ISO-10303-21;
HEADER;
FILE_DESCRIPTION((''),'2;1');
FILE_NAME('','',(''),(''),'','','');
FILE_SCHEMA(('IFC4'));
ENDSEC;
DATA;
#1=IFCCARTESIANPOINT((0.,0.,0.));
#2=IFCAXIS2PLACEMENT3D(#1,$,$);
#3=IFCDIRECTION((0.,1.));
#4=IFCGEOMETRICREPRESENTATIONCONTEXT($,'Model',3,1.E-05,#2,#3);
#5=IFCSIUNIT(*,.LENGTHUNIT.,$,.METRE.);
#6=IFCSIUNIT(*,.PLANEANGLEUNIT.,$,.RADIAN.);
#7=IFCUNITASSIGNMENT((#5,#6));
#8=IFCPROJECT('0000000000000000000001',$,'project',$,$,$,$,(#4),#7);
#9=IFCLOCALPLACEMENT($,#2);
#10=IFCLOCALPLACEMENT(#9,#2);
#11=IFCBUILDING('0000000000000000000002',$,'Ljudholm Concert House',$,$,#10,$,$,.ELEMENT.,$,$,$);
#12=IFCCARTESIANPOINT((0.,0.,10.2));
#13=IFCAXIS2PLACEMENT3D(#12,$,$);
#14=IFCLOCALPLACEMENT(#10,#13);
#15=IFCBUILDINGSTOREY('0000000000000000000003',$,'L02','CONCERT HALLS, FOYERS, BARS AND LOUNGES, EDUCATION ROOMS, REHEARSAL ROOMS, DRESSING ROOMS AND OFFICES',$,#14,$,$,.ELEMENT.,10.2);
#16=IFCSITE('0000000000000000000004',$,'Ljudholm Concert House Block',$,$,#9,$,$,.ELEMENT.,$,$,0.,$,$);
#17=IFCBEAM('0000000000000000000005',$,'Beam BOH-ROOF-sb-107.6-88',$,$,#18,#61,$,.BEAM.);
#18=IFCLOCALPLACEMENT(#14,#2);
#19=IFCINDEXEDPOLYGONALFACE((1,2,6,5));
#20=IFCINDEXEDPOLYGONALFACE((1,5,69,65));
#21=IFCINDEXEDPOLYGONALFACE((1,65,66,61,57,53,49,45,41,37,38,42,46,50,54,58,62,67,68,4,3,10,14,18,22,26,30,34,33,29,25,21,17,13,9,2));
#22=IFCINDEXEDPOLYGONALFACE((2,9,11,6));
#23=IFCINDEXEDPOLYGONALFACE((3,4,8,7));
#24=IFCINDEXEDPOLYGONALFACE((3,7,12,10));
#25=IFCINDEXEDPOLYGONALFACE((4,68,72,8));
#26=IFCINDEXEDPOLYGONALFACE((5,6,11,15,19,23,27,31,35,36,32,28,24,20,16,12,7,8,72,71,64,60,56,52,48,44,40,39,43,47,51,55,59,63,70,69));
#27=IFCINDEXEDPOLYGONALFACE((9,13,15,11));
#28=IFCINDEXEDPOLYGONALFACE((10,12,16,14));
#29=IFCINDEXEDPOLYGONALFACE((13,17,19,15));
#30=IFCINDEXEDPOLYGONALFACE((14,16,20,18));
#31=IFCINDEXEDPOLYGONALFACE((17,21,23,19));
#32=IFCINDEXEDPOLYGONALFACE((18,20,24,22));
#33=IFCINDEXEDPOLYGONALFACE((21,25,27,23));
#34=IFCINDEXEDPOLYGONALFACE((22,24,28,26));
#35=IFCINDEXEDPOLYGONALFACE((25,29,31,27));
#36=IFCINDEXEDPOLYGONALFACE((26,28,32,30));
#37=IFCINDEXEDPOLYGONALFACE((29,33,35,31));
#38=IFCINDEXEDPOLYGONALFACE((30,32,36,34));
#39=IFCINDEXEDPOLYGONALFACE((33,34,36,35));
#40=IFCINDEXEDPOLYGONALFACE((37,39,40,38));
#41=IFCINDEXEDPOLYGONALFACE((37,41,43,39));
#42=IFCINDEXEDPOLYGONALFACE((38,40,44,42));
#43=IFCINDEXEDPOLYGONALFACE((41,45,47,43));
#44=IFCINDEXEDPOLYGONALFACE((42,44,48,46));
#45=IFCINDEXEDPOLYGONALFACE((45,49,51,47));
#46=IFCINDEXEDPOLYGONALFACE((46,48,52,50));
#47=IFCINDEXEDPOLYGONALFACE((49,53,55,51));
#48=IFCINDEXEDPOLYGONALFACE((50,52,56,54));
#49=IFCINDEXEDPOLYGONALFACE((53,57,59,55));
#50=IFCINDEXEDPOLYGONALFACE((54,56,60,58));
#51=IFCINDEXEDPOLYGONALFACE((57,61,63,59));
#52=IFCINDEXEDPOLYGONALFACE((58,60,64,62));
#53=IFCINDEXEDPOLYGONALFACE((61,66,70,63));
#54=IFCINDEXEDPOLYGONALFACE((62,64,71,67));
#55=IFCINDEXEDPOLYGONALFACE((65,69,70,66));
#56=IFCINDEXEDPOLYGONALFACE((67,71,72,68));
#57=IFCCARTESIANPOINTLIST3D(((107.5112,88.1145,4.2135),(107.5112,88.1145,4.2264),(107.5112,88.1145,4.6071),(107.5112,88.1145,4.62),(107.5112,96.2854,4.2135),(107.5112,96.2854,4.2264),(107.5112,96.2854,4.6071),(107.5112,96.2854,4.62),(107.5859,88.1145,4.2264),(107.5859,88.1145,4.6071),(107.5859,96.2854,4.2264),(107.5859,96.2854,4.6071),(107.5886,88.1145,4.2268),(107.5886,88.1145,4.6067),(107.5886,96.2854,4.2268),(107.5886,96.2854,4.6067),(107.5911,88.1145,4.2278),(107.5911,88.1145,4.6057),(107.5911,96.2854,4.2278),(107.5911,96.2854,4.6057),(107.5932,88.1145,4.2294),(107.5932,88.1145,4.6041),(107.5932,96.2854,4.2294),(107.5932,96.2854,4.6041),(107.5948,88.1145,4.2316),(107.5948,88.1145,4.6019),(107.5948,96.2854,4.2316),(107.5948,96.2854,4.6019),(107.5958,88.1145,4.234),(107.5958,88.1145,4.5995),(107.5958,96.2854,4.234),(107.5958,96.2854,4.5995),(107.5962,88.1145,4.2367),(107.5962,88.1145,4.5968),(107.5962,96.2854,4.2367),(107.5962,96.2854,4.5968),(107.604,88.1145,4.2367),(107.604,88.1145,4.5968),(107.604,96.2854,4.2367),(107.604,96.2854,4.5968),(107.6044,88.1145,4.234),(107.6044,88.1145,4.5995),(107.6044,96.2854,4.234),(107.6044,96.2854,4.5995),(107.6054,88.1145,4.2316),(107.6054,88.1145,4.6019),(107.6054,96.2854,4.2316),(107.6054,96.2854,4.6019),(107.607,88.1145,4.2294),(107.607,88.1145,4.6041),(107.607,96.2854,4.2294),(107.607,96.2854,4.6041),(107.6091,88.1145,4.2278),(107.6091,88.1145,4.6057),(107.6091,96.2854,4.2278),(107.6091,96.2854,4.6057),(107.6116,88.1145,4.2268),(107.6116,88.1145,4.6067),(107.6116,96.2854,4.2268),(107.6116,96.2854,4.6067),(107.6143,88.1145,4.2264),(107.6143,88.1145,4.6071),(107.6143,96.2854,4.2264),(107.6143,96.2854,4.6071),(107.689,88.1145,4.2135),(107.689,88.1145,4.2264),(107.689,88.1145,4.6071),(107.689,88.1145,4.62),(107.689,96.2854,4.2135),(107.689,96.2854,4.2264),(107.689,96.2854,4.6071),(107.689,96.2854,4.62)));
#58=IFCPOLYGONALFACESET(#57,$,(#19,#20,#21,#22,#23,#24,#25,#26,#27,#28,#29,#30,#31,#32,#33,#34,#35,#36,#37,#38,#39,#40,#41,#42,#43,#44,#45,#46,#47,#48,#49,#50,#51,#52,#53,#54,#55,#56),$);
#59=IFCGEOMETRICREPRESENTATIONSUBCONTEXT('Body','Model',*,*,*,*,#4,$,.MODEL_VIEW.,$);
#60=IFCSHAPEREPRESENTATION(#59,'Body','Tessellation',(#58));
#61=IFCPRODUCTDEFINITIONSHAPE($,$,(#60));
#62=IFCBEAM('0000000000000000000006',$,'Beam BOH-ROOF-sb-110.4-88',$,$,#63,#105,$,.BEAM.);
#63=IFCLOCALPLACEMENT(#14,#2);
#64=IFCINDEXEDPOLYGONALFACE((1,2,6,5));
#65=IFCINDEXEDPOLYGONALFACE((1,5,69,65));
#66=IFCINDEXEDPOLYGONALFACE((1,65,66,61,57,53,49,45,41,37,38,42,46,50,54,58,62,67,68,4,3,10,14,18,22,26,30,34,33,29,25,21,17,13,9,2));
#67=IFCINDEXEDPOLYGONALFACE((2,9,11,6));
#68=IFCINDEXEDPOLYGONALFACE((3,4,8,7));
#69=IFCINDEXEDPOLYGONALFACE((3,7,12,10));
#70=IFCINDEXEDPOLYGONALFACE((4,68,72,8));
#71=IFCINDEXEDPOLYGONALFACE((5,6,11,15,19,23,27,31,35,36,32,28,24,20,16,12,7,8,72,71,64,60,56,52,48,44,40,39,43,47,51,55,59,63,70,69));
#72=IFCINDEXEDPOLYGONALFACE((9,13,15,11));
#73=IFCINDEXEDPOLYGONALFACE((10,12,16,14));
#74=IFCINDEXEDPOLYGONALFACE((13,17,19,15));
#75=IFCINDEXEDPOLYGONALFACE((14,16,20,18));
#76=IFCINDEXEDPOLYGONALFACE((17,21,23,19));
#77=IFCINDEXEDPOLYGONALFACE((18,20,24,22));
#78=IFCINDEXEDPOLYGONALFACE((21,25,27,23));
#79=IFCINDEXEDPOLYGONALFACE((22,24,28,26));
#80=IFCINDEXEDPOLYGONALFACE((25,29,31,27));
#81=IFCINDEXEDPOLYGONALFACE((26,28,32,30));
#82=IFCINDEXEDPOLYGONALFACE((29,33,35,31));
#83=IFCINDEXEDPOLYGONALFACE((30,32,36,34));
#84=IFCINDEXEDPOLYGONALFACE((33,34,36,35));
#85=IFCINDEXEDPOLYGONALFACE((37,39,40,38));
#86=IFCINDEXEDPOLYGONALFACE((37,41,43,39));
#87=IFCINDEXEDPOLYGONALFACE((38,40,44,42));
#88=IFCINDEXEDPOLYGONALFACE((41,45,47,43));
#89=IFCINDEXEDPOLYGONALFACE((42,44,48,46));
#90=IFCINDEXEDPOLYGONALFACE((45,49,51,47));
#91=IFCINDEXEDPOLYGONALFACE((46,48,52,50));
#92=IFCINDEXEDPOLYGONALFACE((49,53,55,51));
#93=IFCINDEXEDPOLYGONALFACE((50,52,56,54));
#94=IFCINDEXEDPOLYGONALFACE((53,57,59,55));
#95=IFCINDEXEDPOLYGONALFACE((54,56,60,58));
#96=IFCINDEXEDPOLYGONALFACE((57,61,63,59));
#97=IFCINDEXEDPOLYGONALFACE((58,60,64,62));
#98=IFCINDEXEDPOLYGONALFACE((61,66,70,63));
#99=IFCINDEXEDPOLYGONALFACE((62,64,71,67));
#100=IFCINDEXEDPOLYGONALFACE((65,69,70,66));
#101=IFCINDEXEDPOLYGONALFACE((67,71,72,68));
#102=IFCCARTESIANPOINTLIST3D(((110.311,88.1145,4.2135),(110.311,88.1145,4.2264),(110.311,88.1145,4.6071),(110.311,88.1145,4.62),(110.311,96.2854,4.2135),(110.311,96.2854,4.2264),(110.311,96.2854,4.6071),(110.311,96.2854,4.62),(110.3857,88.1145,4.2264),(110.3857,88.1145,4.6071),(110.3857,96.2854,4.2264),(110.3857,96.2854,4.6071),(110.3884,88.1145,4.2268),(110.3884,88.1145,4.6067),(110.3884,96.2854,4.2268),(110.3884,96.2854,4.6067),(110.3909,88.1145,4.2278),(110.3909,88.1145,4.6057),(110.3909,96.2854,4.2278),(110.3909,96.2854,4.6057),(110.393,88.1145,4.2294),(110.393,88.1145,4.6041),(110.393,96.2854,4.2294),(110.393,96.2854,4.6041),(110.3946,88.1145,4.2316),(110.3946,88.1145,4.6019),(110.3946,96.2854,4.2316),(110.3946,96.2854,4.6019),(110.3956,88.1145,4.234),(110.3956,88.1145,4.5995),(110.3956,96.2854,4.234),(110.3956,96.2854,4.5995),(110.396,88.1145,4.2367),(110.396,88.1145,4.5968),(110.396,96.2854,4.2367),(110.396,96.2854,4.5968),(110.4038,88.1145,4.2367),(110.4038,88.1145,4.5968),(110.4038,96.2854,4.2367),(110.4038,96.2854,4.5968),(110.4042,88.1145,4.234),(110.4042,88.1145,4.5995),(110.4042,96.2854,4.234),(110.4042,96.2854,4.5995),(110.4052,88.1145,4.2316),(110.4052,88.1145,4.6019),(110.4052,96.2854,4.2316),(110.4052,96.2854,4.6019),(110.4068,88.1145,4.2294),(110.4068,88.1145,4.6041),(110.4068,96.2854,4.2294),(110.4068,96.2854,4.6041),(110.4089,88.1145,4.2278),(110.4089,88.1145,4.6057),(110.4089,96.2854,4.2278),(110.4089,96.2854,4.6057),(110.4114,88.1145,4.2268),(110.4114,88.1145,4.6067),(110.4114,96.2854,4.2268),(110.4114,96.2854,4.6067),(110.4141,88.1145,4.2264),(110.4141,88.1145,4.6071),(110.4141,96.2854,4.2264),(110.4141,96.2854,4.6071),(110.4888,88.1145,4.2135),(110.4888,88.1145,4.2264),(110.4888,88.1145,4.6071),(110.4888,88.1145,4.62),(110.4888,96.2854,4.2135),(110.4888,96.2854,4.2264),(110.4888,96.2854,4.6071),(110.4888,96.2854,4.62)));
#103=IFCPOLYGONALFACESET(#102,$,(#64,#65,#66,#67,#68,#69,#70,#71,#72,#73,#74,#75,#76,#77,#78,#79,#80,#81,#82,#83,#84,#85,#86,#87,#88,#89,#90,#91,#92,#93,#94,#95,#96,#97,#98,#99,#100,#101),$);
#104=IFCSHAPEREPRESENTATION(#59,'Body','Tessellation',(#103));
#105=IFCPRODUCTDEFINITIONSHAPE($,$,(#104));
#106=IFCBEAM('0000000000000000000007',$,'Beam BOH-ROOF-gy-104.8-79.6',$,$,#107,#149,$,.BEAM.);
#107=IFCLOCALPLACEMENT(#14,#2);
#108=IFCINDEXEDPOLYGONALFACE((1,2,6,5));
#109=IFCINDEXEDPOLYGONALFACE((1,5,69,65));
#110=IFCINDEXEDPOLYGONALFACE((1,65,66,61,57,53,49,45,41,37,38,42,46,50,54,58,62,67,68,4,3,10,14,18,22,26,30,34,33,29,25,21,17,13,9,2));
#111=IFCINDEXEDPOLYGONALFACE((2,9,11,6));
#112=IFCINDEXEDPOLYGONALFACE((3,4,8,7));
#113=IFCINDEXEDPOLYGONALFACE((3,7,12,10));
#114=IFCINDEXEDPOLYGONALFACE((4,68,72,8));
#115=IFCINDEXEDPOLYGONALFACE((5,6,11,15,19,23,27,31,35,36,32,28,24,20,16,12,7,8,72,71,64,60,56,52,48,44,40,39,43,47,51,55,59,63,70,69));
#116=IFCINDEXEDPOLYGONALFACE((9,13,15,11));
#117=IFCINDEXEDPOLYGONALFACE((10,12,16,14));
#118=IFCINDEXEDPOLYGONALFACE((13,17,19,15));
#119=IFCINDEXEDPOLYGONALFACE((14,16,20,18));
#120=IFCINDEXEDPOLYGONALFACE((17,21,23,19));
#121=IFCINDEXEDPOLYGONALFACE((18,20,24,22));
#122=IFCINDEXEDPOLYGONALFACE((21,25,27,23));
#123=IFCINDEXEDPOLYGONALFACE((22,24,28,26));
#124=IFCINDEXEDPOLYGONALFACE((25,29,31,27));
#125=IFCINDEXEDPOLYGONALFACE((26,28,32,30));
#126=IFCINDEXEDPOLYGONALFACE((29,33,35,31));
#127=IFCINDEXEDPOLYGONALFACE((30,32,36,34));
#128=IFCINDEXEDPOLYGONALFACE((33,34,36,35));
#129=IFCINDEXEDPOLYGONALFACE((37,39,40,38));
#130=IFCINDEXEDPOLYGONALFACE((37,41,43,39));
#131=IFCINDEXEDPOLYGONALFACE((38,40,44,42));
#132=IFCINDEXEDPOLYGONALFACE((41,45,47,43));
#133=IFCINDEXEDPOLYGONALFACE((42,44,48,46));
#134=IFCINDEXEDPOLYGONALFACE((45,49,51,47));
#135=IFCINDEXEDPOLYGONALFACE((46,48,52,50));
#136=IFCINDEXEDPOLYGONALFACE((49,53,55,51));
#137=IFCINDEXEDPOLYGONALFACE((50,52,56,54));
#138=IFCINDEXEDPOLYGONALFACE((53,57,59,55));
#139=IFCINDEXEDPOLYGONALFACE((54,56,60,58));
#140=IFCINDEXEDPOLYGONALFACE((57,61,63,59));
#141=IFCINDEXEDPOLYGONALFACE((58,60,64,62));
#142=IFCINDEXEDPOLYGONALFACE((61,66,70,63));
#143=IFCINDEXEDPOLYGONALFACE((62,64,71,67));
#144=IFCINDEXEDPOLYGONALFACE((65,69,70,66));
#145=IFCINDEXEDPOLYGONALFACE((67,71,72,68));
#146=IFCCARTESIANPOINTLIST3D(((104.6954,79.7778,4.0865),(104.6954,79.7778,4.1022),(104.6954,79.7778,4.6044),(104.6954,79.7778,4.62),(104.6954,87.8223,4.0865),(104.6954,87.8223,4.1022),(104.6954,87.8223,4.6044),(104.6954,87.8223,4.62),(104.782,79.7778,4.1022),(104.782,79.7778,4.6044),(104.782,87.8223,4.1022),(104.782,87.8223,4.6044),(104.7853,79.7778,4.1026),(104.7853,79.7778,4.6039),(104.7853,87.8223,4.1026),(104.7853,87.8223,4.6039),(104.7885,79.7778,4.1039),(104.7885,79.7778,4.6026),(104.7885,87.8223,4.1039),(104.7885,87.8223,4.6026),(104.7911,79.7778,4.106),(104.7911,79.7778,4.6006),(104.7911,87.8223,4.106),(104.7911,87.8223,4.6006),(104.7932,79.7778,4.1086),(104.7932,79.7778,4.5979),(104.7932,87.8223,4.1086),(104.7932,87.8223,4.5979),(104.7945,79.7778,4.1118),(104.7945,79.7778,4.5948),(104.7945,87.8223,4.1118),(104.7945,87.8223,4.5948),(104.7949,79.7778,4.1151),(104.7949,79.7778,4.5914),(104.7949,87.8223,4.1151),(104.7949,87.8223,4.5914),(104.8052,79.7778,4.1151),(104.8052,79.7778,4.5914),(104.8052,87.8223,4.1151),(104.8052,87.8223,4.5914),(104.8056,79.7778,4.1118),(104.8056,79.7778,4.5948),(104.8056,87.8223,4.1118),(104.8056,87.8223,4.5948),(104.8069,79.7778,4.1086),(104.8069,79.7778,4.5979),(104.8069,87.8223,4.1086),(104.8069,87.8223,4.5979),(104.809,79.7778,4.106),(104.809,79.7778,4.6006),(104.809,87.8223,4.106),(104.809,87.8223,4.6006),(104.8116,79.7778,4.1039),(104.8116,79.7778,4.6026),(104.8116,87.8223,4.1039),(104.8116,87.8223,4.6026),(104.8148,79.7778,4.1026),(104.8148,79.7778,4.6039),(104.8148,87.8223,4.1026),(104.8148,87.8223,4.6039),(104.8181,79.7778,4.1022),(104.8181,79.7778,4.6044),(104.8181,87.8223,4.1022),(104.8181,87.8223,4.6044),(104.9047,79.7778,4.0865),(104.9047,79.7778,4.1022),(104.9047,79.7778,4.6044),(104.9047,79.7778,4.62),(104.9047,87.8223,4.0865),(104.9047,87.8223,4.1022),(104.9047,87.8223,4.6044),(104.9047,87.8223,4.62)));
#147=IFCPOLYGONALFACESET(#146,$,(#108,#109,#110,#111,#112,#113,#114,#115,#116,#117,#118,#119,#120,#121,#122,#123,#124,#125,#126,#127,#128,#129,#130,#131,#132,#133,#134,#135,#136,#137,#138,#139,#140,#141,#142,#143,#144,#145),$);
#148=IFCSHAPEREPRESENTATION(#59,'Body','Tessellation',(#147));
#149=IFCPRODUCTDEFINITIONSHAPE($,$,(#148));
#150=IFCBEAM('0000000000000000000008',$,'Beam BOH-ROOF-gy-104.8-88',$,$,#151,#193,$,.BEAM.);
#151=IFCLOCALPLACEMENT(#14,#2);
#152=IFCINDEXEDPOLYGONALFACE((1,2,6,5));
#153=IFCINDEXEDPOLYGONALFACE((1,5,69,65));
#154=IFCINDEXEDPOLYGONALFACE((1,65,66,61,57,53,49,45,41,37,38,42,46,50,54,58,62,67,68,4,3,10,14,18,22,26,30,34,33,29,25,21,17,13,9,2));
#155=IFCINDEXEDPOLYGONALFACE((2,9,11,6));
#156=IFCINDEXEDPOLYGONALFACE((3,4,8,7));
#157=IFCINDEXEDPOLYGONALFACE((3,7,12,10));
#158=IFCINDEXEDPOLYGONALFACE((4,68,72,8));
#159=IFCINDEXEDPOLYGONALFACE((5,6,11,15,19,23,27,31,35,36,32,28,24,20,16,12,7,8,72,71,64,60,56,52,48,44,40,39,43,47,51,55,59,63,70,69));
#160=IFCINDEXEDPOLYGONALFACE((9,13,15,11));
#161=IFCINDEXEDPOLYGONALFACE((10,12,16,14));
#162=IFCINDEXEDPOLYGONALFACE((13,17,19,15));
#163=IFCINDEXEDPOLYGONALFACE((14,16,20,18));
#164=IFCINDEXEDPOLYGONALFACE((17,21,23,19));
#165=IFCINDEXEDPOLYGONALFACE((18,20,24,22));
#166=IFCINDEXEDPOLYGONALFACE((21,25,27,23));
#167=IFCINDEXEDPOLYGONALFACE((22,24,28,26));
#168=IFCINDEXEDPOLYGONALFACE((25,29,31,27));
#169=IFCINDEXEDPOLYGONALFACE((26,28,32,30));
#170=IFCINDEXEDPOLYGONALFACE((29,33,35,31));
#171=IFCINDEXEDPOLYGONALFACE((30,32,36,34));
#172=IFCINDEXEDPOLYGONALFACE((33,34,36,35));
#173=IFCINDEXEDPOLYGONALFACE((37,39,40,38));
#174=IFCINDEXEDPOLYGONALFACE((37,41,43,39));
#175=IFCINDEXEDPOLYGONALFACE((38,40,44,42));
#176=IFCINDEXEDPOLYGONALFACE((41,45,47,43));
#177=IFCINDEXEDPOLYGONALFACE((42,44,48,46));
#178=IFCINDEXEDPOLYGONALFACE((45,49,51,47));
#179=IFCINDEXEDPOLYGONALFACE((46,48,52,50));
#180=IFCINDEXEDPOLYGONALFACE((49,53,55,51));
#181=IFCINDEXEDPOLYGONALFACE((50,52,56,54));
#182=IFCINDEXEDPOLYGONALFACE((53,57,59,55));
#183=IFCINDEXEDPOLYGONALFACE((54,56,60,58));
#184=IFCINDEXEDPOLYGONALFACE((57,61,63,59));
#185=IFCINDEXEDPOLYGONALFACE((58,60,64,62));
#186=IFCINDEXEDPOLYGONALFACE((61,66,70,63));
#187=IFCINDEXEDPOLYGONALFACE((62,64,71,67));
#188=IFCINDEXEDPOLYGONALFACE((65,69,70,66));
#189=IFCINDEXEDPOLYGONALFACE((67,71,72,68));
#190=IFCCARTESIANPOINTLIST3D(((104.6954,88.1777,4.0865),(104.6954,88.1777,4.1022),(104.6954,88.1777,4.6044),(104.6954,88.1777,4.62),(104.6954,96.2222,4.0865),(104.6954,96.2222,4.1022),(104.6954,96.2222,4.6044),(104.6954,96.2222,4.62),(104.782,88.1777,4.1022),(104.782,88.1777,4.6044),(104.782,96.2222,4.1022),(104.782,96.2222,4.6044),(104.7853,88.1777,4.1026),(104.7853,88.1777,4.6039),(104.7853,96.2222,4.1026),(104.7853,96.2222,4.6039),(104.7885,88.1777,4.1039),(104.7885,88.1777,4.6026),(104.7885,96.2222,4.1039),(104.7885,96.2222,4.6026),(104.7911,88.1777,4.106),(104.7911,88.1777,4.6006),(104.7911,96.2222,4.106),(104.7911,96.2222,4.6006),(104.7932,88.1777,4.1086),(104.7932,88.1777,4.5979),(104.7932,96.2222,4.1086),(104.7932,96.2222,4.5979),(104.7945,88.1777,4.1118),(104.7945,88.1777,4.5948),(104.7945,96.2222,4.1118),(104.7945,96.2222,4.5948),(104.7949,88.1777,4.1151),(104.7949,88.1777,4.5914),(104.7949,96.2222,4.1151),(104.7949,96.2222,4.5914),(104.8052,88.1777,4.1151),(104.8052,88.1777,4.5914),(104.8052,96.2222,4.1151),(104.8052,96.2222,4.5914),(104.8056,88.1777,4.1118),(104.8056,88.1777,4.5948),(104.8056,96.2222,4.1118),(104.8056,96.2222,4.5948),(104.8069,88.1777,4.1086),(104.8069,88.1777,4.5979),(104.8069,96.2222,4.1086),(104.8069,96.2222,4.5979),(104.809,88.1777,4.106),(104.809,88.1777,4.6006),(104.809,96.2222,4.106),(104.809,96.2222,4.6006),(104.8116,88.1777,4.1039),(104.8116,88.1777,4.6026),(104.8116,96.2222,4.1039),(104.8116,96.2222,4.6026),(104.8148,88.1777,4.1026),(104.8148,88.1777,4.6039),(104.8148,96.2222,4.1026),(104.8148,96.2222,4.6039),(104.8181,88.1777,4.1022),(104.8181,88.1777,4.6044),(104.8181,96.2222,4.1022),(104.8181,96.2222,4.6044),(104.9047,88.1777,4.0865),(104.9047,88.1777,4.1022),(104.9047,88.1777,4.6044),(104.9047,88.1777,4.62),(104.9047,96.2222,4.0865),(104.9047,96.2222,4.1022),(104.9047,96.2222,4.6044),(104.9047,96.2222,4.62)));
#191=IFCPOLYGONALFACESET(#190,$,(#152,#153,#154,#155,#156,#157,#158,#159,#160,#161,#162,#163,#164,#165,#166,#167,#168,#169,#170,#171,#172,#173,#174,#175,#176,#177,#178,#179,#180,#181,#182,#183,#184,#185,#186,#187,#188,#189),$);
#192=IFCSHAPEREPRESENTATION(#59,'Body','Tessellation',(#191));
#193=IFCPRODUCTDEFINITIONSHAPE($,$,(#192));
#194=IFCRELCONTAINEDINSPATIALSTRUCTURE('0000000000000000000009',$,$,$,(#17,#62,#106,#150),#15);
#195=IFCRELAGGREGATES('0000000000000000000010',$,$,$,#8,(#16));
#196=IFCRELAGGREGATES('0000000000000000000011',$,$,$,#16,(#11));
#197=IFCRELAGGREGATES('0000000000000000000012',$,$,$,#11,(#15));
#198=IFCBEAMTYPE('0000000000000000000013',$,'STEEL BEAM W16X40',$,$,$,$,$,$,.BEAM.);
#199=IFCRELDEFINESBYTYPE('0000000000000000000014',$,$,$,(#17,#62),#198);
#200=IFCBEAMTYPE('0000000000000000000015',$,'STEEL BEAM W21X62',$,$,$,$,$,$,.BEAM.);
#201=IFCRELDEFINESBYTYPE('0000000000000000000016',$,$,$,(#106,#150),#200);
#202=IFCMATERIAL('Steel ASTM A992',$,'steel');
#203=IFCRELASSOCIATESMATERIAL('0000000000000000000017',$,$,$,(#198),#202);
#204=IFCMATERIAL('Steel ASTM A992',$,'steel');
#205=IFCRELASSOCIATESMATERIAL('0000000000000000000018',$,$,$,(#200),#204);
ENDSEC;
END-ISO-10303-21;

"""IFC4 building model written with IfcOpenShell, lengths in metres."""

from ifc_helpers import new_model, si_unit, direction, frame, origin, origin_2d, place, context, subcontext, project, spatial, i_section, extrude, material, material_profile, profile_set, type_object, element, save


model = new_model("IFC4")

# Units and contexts
model_context = context("Model", 3, precision=1e-05, world=origin(), true_north=direction((0.0, 1.0)))
body_context = subcontext(model_context, "Body", "Model", "MODEL_VIEW")
ifc_project = project(units=[si_unit("LENGTHUNIT", "METRE"), si_unit("PLANEANGLEUNIT", "RADIAN")], contexts=[model_context])

# Site, building, storey
site_placement = place(None, origin())
site = spatial("IfcSite", under=ifc_project, at=site_placement, Name="Ljudholm Concert House Block", CompositionType="ELEMENT", RefElevation=0.0)
building_placement = place(site_placement, origin())
building = spatial("IfcBuilding", under=site, at=building_placement, Name="Ljudholm Concert House", CompositionType="ELEMENT")
storey_placement = place(building_placement, frame((0.0, 0.0, 10.2)))
storey = spatial("IfcBuildingStorey", under=building, at=storey_placement, Name="L02", Description="CONCERT HALLS, FOYERS, BARS AND LOUNGES, EDUCATION ROOMS, REHEARSAL ROOMS, DRESSING ROOMS AND OFFICES", CompositionType="ELEMENT", Elevation=10.2)

# Beams
ifc_material_1 = material(Name="Steel ASTM A992", Category="steel")
ifc_material_profile_1 = material_profile(ifc_material_1, i_section(OverallWidth=0.1777, OverallDepth=0.4065, WebThickness=0.0078, FlangeThickness=0.0129, FilletRadius=0.0103, at=origin_2d()), Name="W16X40")
ifc_profile_set_1 = profile_set([ifc_material_profile_1], Name="Steel ASTM A992")
beam_type_1 = type_object("IfcBeamType", Name="STEEL BEAM W16X40", PredefinedType="BEAM", material=ifc_profile_set_1)
for number, where, z_axis, x_axis, name in (
    (1, (107.6001, 88.1145, 4.4167), (0.0, 1.0, 0.0), (-1.0, 0.0, 0.0), "Beam BOH-ROOF-sb-107.6-88"),
    (2, (110.3999, 88.1145, 4.4167), (0.0, 1.0, 0.0), (-1.0, 0.0, 0.0), "Beam BOH-ROOF-sb-110.4-88"),
):
    element("IfcBeam", number, at=place(storey_placement, frame(where, z_axis=z_axis, x_axis=x_axis)), inside=storey, type_object=beam_type_1, Name=name, PredefinedType="BEAM", context=body_context, shape_type="SweptSolid", body=[
        extrude(i_section(OverallWidth=0.1777, OverallDepth=0.4065, WebThickness=0.0078, FlangeThickness=0.0129, FilletRadius=0.0103, at=origin_2d()), origin(), (0.0, 0.0, 1.0), 8.1709),
    ])
ifc_material_2 = material(Name="Steel ASTM A992", Category="steel")
ifc_material_profile_2 = material_profile(ifc_material_2, i_section(OverallWidth=0.2092, OverallDepth=0.5334, WebThickness=0.0103, FlangeThickness=0.0156, FilletRadius=0.0129, at=origin_2d()), Name="W21X62")
ifc_profile_set_2 = profile_set([ifc_material_profile_2], Name="Steel ASTM A992")
beam_type_2 = type_object("IfcBeamType", Name="STEEL BEAM W21X62", PredefinedType="BEAM", material=ifc_profile_set_2)
for number, where, z_axis, x_axis, name in (
    (3, (104.8, 79.7778, 4.3533), (0.0, 1.0, 0.0), (-1.0, 0.0, 0.0), "Beam BOH-ROOF-gy-104.8-79.6"),
    (4, (104.8, 88.1777, 4.3533), (0.0, 1.0, 0.0), (-1.0, 0.0, 0.0), "Beam BOH-ROOF-gy-104.8-88"),
):
    element("IfcBeam", number, at=place(storey_placement, frame(where, z_axis=z_axis, x_axis=x_axis)), inside=storey, type_object=beam_type_2, Name=name, PredefinedType="BEAM", context=body_context, shape_type="SweptSolid", body=[
        extrude(i_section(OverallWidth=0.2092, OverallDepth=0.5334, WebThickness=0.0103, FlangeThickness=0.0156, FilletRadius=0.0129, at=origin_2d()), origin(), (0.0, 0.0, 1.0), 8.0444),
    ])

save(model, "model.ifc")
